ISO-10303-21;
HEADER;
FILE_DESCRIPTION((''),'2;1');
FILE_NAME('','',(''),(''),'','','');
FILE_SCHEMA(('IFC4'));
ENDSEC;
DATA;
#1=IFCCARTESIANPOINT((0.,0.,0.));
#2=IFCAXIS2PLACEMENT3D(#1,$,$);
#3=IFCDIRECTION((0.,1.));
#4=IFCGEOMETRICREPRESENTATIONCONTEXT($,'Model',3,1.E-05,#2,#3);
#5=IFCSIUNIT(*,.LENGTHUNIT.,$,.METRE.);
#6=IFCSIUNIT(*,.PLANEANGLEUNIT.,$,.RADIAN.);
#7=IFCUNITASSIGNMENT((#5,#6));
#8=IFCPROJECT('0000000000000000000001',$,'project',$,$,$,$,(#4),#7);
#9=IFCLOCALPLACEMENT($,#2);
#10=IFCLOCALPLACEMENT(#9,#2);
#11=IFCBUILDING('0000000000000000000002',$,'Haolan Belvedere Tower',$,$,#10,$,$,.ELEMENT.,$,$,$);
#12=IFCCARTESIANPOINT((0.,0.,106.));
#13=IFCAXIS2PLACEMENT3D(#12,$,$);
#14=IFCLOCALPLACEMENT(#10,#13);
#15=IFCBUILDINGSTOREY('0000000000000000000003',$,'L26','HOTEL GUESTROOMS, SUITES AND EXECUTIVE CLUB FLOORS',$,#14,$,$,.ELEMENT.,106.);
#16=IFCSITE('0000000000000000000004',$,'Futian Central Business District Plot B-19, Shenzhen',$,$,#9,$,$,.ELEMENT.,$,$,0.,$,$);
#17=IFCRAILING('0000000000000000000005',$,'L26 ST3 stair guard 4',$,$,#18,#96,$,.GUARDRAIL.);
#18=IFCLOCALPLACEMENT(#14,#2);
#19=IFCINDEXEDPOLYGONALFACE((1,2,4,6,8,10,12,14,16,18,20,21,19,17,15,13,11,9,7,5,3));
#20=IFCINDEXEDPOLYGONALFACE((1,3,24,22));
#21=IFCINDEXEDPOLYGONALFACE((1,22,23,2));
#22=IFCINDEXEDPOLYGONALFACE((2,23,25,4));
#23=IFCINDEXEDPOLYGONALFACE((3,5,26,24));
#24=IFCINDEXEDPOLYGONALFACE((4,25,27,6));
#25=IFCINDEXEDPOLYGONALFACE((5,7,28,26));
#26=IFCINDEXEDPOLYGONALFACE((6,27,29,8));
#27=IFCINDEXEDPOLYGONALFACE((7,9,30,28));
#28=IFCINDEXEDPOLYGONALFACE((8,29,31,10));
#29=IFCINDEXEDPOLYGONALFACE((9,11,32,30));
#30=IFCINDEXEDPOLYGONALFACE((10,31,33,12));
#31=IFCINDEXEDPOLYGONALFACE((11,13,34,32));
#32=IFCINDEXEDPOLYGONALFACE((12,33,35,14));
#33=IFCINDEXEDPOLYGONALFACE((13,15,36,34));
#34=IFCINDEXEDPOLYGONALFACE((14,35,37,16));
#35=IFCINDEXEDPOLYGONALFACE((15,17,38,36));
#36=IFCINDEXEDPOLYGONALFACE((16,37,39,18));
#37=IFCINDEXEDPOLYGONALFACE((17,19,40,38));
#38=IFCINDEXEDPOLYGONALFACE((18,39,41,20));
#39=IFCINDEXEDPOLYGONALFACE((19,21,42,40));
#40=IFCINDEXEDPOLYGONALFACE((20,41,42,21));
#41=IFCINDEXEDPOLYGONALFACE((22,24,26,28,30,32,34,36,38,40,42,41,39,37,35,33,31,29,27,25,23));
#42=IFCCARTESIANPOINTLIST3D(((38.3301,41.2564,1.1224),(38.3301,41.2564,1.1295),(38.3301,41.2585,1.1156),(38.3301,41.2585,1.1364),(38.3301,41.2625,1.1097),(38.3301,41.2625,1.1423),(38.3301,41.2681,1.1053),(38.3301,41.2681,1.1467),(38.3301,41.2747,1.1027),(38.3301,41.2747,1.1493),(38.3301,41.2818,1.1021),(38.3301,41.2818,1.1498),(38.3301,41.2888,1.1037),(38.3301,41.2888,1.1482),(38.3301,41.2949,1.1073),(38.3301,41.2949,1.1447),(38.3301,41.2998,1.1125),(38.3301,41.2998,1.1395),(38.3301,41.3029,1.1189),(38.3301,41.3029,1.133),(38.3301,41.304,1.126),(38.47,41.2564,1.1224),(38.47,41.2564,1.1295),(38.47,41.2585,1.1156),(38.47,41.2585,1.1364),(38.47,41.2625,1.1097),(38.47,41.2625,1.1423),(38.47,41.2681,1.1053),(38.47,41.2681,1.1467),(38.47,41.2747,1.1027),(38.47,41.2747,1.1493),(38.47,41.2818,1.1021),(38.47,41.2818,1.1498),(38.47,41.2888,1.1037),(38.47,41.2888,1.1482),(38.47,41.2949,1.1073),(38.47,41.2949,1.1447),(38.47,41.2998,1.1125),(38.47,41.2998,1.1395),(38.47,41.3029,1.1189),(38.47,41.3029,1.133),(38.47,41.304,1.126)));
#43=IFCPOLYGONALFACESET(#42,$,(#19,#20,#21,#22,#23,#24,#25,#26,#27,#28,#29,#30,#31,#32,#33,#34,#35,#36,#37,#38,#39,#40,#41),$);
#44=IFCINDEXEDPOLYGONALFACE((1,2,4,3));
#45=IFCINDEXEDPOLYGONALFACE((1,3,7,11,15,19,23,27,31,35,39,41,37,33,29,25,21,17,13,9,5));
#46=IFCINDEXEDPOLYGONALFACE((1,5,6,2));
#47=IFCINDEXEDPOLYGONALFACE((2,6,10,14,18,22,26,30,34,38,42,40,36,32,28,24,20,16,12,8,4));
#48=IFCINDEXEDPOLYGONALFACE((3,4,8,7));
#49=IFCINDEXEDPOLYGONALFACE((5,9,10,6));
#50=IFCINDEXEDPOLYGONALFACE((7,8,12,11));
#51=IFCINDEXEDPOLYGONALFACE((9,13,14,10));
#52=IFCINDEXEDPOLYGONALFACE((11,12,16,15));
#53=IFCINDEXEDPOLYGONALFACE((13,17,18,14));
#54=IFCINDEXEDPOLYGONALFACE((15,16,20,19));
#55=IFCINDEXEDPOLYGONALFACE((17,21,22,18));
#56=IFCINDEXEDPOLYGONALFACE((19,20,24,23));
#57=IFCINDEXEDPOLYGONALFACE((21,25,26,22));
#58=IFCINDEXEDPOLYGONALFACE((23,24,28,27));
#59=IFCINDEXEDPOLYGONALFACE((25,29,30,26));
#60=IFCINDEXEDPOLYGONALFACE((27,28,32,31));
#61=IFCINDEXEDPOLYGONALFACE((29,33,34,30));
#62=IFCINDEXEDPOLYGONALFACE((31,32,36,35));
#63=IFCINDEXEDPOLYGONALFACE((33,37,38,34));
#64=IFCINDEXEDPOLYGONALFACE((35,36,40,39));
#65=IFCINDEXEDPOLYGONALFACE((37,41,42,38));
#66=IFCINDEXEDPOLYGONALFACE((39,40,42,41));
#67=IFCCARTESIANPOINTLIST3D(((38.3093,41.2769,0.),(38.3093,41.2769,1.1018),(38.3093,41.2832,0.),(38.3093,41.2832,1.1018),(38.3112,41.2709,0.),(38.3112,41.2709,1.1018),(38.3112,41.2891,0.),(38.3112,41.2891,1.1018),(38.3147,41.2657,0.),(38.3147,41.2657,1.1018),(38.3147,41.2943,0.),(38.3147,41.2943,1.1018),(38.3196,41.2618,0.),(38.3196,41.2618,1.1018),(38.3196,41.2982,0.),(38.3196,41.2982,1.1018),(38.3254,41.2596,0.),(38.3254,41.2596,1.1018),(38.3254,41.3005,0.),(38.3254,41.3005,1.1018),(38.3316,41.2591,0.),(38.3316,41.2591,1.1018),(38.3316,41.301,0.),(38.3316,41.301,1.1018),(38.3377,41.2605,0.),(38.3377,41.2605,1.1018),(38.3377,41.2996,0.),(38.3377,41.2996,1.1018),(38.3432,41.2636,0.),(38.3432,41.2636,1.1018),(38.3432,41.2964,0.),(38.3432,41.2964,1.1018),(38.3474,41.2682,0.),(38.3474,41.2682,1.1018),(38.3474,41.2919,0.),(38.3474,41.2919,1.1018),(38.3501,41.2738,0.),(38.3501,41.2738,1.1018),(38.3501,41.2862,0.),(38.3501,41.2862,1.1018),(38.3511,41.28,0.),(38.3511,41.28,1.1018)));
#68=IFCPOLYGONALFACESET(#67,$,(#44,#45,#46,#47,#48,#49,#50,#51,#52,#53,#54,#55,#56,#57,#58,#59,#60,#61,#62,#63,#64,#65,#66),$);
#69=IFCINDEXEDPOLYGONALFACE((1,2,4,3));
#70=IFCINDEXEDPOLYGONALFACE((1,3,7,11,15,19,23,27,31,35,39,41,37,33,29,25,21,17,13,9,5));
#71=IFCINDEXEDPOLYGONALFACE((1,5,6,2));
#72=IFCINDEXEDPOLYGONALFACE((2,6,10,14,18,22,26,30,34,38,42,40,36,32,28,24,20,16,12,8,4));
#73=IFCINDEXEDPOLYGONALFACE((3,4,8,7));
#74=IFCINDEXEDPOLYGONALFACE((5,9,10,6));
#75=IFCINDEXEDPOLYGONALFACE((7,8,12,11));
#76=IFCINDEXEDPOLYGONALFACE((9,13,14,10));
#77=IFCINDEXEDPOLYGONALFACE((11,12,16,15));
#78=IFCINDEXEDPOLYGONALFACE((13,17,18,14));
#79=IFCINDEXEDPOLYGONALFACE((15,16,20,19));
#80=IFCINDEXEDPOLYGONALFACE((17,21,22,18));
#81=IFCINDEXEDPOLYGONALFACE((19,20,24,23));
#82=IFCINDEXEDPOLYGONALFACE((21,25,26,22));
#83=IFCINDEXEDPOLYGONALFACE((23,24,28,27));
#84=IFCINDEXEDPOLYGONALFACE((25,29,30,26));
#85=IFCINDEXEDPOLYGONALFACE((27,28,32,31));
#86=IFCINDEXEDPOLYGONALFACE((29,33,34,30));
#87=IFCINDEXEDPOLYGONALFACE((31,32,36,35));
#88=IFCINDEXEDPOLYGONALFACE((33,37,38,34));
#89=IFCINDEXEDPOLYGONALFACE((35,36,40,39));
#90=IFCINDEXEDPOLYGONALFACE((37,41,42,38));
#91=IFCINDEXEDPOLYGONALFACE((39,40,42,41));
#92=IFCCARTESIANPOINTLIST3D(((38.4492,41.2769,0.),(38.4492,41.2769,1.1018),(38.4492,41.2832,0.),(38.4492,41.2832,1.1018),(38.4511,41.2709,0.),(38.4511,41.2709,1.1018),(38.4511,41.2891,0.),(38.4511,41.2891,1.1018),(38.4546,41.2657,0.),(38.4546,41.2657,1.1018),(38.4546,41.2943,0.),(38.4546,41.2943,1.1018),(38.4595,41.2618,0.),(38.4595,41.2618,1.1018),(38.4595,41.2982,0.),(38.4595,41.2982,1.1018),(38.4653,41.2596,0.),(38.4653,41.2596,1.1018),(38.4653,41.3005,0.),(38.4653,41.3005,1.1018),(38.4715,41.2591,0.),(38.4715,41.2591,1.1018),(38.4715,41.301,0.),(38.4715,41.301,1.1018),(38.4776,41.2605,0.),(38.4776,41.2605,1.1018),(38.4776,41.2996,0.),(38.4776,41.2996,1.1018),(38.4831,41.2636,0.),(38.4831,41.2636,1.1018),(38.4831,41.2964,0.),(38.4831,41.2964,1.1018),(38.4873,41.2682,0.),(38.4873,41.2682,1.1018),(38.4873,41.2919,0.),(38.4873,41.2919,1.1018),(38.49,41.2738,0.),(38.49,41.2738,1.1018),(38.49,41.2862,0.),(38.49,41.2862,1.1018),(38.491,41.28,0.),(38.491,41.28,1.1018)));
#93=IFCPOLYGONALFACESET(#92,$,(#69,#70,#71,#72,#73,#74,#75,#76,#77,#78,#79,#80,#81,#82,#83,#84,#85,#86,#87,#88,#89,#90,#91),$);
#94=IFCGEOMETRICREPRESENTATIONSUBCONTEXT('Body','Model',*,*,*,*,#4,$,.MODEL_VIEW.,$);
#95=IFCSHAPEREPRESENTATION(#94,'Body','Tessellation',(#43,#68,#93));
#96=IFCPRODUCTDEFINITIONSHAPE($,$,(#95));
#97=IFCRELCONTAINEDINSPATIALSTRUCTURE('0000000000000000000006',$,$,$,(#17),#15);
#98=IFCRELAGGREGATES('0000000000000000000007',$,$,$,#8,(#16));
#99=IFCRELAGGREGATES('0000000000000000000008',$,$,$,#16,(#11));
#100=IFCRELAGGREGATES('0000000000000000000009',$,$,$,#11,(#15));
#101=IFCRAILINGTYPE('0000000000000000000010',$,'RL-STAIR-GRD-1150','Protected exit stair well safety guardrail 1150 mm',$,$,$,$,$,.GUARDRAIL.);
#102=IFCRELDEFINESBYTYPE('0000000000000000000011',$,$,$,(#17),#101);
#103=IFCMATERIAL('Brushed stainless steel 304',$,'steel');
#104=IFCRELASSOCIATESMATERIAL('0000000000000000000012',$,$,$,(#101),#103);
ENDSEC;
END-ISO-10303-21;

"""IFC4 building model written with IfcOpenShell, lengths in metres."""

from ifc_helpers import new_model, si_unit, direction, frame, origin, origin_2d, place, context, subcontext, project, spatial, circle, extrude, material, type_object, element, save


model = new_model("IFC4")

# Units and contexts
model_context = context("Model", 3, precision=1e-05, world=origin(), true_north=direction((0.0, 1.0)))
body_context = subcontext(model_context, "Body", "Model", "MODEL_VIEW")
ifc_project = project(units=[si_unit("LENGTHUNIT", "METRE"), si_unit("PLANEANGLEUNIT", "RADIAN")], contexts=[model_context])

# Site, building, storey
site_placement = place(None, origin())
site = spatial("IfcSite", under=ifc_project, at=site_placement, Name="Futian Central Business District Plot B-19, Shenzhen", CompositionType="ELEMENT", RefElevation=0.0)
building_placement = place(site_placement, origin())
building = spatial("IfcBuilding", under=site, at=building_placement, Name="Haolan Belvedere Tower", CompositionType="ELEMENT")
storey_placement = place(building_placement, frame((0.0, 0.0, 106.0)))
storey = spatial("IfcBuildingStorey", under=building, at=storey_placement, Name="L26", Description="HOTEL GUESTROOMS, SUITES AND EXECUTIVE CLUB FLOORS", CompositionType="ELEMENT", Elevation=106.0)

# Railing
ifc_material_1 = material(Name="Brushed stainless steel 304", Category="steel")
railing_type_1 = type_object("IfcRailingType", Name="RL-STAIR-GRD-1150", Description="Protected exit stair well safety guardrail 1150 mm", PredefinedType="GUARDRAIL", material=ifc_material_1)
railing_1_placement = place(storey_placement, frame((38.3301, 41.28, 0.0)))
element("IfcRailing", 1, at=railing_1_placement, inside=storey, type_object=railing_type_1, Name="L26 ST3 stair guard 4", PredefinedType="GUARDRAIL", context=body_context, shape_type="SweptSolid", body=[
    extrude(circle(Radius=0.0239, at=origin_2d()), frame((0.0, 0.0, 1.126), z_axis=(1.0, 0.0, 0.0), x_axis=(0.0, 1.0, 0.0)), (0.0, 0.0, 1.0), 0.1399),
    extrude(circle(Radius=0.021, at=origin_2d()), origin(), (0.0, 0.0, 1.0), 1.1018),
    extrude(circle(Radius=0.021, at=origin_2d()), frame((0.1399, 0.0, 0.0)), (0.0, 0.0, 1.0), 1.1018),
])

save(model, "model.ifc")
